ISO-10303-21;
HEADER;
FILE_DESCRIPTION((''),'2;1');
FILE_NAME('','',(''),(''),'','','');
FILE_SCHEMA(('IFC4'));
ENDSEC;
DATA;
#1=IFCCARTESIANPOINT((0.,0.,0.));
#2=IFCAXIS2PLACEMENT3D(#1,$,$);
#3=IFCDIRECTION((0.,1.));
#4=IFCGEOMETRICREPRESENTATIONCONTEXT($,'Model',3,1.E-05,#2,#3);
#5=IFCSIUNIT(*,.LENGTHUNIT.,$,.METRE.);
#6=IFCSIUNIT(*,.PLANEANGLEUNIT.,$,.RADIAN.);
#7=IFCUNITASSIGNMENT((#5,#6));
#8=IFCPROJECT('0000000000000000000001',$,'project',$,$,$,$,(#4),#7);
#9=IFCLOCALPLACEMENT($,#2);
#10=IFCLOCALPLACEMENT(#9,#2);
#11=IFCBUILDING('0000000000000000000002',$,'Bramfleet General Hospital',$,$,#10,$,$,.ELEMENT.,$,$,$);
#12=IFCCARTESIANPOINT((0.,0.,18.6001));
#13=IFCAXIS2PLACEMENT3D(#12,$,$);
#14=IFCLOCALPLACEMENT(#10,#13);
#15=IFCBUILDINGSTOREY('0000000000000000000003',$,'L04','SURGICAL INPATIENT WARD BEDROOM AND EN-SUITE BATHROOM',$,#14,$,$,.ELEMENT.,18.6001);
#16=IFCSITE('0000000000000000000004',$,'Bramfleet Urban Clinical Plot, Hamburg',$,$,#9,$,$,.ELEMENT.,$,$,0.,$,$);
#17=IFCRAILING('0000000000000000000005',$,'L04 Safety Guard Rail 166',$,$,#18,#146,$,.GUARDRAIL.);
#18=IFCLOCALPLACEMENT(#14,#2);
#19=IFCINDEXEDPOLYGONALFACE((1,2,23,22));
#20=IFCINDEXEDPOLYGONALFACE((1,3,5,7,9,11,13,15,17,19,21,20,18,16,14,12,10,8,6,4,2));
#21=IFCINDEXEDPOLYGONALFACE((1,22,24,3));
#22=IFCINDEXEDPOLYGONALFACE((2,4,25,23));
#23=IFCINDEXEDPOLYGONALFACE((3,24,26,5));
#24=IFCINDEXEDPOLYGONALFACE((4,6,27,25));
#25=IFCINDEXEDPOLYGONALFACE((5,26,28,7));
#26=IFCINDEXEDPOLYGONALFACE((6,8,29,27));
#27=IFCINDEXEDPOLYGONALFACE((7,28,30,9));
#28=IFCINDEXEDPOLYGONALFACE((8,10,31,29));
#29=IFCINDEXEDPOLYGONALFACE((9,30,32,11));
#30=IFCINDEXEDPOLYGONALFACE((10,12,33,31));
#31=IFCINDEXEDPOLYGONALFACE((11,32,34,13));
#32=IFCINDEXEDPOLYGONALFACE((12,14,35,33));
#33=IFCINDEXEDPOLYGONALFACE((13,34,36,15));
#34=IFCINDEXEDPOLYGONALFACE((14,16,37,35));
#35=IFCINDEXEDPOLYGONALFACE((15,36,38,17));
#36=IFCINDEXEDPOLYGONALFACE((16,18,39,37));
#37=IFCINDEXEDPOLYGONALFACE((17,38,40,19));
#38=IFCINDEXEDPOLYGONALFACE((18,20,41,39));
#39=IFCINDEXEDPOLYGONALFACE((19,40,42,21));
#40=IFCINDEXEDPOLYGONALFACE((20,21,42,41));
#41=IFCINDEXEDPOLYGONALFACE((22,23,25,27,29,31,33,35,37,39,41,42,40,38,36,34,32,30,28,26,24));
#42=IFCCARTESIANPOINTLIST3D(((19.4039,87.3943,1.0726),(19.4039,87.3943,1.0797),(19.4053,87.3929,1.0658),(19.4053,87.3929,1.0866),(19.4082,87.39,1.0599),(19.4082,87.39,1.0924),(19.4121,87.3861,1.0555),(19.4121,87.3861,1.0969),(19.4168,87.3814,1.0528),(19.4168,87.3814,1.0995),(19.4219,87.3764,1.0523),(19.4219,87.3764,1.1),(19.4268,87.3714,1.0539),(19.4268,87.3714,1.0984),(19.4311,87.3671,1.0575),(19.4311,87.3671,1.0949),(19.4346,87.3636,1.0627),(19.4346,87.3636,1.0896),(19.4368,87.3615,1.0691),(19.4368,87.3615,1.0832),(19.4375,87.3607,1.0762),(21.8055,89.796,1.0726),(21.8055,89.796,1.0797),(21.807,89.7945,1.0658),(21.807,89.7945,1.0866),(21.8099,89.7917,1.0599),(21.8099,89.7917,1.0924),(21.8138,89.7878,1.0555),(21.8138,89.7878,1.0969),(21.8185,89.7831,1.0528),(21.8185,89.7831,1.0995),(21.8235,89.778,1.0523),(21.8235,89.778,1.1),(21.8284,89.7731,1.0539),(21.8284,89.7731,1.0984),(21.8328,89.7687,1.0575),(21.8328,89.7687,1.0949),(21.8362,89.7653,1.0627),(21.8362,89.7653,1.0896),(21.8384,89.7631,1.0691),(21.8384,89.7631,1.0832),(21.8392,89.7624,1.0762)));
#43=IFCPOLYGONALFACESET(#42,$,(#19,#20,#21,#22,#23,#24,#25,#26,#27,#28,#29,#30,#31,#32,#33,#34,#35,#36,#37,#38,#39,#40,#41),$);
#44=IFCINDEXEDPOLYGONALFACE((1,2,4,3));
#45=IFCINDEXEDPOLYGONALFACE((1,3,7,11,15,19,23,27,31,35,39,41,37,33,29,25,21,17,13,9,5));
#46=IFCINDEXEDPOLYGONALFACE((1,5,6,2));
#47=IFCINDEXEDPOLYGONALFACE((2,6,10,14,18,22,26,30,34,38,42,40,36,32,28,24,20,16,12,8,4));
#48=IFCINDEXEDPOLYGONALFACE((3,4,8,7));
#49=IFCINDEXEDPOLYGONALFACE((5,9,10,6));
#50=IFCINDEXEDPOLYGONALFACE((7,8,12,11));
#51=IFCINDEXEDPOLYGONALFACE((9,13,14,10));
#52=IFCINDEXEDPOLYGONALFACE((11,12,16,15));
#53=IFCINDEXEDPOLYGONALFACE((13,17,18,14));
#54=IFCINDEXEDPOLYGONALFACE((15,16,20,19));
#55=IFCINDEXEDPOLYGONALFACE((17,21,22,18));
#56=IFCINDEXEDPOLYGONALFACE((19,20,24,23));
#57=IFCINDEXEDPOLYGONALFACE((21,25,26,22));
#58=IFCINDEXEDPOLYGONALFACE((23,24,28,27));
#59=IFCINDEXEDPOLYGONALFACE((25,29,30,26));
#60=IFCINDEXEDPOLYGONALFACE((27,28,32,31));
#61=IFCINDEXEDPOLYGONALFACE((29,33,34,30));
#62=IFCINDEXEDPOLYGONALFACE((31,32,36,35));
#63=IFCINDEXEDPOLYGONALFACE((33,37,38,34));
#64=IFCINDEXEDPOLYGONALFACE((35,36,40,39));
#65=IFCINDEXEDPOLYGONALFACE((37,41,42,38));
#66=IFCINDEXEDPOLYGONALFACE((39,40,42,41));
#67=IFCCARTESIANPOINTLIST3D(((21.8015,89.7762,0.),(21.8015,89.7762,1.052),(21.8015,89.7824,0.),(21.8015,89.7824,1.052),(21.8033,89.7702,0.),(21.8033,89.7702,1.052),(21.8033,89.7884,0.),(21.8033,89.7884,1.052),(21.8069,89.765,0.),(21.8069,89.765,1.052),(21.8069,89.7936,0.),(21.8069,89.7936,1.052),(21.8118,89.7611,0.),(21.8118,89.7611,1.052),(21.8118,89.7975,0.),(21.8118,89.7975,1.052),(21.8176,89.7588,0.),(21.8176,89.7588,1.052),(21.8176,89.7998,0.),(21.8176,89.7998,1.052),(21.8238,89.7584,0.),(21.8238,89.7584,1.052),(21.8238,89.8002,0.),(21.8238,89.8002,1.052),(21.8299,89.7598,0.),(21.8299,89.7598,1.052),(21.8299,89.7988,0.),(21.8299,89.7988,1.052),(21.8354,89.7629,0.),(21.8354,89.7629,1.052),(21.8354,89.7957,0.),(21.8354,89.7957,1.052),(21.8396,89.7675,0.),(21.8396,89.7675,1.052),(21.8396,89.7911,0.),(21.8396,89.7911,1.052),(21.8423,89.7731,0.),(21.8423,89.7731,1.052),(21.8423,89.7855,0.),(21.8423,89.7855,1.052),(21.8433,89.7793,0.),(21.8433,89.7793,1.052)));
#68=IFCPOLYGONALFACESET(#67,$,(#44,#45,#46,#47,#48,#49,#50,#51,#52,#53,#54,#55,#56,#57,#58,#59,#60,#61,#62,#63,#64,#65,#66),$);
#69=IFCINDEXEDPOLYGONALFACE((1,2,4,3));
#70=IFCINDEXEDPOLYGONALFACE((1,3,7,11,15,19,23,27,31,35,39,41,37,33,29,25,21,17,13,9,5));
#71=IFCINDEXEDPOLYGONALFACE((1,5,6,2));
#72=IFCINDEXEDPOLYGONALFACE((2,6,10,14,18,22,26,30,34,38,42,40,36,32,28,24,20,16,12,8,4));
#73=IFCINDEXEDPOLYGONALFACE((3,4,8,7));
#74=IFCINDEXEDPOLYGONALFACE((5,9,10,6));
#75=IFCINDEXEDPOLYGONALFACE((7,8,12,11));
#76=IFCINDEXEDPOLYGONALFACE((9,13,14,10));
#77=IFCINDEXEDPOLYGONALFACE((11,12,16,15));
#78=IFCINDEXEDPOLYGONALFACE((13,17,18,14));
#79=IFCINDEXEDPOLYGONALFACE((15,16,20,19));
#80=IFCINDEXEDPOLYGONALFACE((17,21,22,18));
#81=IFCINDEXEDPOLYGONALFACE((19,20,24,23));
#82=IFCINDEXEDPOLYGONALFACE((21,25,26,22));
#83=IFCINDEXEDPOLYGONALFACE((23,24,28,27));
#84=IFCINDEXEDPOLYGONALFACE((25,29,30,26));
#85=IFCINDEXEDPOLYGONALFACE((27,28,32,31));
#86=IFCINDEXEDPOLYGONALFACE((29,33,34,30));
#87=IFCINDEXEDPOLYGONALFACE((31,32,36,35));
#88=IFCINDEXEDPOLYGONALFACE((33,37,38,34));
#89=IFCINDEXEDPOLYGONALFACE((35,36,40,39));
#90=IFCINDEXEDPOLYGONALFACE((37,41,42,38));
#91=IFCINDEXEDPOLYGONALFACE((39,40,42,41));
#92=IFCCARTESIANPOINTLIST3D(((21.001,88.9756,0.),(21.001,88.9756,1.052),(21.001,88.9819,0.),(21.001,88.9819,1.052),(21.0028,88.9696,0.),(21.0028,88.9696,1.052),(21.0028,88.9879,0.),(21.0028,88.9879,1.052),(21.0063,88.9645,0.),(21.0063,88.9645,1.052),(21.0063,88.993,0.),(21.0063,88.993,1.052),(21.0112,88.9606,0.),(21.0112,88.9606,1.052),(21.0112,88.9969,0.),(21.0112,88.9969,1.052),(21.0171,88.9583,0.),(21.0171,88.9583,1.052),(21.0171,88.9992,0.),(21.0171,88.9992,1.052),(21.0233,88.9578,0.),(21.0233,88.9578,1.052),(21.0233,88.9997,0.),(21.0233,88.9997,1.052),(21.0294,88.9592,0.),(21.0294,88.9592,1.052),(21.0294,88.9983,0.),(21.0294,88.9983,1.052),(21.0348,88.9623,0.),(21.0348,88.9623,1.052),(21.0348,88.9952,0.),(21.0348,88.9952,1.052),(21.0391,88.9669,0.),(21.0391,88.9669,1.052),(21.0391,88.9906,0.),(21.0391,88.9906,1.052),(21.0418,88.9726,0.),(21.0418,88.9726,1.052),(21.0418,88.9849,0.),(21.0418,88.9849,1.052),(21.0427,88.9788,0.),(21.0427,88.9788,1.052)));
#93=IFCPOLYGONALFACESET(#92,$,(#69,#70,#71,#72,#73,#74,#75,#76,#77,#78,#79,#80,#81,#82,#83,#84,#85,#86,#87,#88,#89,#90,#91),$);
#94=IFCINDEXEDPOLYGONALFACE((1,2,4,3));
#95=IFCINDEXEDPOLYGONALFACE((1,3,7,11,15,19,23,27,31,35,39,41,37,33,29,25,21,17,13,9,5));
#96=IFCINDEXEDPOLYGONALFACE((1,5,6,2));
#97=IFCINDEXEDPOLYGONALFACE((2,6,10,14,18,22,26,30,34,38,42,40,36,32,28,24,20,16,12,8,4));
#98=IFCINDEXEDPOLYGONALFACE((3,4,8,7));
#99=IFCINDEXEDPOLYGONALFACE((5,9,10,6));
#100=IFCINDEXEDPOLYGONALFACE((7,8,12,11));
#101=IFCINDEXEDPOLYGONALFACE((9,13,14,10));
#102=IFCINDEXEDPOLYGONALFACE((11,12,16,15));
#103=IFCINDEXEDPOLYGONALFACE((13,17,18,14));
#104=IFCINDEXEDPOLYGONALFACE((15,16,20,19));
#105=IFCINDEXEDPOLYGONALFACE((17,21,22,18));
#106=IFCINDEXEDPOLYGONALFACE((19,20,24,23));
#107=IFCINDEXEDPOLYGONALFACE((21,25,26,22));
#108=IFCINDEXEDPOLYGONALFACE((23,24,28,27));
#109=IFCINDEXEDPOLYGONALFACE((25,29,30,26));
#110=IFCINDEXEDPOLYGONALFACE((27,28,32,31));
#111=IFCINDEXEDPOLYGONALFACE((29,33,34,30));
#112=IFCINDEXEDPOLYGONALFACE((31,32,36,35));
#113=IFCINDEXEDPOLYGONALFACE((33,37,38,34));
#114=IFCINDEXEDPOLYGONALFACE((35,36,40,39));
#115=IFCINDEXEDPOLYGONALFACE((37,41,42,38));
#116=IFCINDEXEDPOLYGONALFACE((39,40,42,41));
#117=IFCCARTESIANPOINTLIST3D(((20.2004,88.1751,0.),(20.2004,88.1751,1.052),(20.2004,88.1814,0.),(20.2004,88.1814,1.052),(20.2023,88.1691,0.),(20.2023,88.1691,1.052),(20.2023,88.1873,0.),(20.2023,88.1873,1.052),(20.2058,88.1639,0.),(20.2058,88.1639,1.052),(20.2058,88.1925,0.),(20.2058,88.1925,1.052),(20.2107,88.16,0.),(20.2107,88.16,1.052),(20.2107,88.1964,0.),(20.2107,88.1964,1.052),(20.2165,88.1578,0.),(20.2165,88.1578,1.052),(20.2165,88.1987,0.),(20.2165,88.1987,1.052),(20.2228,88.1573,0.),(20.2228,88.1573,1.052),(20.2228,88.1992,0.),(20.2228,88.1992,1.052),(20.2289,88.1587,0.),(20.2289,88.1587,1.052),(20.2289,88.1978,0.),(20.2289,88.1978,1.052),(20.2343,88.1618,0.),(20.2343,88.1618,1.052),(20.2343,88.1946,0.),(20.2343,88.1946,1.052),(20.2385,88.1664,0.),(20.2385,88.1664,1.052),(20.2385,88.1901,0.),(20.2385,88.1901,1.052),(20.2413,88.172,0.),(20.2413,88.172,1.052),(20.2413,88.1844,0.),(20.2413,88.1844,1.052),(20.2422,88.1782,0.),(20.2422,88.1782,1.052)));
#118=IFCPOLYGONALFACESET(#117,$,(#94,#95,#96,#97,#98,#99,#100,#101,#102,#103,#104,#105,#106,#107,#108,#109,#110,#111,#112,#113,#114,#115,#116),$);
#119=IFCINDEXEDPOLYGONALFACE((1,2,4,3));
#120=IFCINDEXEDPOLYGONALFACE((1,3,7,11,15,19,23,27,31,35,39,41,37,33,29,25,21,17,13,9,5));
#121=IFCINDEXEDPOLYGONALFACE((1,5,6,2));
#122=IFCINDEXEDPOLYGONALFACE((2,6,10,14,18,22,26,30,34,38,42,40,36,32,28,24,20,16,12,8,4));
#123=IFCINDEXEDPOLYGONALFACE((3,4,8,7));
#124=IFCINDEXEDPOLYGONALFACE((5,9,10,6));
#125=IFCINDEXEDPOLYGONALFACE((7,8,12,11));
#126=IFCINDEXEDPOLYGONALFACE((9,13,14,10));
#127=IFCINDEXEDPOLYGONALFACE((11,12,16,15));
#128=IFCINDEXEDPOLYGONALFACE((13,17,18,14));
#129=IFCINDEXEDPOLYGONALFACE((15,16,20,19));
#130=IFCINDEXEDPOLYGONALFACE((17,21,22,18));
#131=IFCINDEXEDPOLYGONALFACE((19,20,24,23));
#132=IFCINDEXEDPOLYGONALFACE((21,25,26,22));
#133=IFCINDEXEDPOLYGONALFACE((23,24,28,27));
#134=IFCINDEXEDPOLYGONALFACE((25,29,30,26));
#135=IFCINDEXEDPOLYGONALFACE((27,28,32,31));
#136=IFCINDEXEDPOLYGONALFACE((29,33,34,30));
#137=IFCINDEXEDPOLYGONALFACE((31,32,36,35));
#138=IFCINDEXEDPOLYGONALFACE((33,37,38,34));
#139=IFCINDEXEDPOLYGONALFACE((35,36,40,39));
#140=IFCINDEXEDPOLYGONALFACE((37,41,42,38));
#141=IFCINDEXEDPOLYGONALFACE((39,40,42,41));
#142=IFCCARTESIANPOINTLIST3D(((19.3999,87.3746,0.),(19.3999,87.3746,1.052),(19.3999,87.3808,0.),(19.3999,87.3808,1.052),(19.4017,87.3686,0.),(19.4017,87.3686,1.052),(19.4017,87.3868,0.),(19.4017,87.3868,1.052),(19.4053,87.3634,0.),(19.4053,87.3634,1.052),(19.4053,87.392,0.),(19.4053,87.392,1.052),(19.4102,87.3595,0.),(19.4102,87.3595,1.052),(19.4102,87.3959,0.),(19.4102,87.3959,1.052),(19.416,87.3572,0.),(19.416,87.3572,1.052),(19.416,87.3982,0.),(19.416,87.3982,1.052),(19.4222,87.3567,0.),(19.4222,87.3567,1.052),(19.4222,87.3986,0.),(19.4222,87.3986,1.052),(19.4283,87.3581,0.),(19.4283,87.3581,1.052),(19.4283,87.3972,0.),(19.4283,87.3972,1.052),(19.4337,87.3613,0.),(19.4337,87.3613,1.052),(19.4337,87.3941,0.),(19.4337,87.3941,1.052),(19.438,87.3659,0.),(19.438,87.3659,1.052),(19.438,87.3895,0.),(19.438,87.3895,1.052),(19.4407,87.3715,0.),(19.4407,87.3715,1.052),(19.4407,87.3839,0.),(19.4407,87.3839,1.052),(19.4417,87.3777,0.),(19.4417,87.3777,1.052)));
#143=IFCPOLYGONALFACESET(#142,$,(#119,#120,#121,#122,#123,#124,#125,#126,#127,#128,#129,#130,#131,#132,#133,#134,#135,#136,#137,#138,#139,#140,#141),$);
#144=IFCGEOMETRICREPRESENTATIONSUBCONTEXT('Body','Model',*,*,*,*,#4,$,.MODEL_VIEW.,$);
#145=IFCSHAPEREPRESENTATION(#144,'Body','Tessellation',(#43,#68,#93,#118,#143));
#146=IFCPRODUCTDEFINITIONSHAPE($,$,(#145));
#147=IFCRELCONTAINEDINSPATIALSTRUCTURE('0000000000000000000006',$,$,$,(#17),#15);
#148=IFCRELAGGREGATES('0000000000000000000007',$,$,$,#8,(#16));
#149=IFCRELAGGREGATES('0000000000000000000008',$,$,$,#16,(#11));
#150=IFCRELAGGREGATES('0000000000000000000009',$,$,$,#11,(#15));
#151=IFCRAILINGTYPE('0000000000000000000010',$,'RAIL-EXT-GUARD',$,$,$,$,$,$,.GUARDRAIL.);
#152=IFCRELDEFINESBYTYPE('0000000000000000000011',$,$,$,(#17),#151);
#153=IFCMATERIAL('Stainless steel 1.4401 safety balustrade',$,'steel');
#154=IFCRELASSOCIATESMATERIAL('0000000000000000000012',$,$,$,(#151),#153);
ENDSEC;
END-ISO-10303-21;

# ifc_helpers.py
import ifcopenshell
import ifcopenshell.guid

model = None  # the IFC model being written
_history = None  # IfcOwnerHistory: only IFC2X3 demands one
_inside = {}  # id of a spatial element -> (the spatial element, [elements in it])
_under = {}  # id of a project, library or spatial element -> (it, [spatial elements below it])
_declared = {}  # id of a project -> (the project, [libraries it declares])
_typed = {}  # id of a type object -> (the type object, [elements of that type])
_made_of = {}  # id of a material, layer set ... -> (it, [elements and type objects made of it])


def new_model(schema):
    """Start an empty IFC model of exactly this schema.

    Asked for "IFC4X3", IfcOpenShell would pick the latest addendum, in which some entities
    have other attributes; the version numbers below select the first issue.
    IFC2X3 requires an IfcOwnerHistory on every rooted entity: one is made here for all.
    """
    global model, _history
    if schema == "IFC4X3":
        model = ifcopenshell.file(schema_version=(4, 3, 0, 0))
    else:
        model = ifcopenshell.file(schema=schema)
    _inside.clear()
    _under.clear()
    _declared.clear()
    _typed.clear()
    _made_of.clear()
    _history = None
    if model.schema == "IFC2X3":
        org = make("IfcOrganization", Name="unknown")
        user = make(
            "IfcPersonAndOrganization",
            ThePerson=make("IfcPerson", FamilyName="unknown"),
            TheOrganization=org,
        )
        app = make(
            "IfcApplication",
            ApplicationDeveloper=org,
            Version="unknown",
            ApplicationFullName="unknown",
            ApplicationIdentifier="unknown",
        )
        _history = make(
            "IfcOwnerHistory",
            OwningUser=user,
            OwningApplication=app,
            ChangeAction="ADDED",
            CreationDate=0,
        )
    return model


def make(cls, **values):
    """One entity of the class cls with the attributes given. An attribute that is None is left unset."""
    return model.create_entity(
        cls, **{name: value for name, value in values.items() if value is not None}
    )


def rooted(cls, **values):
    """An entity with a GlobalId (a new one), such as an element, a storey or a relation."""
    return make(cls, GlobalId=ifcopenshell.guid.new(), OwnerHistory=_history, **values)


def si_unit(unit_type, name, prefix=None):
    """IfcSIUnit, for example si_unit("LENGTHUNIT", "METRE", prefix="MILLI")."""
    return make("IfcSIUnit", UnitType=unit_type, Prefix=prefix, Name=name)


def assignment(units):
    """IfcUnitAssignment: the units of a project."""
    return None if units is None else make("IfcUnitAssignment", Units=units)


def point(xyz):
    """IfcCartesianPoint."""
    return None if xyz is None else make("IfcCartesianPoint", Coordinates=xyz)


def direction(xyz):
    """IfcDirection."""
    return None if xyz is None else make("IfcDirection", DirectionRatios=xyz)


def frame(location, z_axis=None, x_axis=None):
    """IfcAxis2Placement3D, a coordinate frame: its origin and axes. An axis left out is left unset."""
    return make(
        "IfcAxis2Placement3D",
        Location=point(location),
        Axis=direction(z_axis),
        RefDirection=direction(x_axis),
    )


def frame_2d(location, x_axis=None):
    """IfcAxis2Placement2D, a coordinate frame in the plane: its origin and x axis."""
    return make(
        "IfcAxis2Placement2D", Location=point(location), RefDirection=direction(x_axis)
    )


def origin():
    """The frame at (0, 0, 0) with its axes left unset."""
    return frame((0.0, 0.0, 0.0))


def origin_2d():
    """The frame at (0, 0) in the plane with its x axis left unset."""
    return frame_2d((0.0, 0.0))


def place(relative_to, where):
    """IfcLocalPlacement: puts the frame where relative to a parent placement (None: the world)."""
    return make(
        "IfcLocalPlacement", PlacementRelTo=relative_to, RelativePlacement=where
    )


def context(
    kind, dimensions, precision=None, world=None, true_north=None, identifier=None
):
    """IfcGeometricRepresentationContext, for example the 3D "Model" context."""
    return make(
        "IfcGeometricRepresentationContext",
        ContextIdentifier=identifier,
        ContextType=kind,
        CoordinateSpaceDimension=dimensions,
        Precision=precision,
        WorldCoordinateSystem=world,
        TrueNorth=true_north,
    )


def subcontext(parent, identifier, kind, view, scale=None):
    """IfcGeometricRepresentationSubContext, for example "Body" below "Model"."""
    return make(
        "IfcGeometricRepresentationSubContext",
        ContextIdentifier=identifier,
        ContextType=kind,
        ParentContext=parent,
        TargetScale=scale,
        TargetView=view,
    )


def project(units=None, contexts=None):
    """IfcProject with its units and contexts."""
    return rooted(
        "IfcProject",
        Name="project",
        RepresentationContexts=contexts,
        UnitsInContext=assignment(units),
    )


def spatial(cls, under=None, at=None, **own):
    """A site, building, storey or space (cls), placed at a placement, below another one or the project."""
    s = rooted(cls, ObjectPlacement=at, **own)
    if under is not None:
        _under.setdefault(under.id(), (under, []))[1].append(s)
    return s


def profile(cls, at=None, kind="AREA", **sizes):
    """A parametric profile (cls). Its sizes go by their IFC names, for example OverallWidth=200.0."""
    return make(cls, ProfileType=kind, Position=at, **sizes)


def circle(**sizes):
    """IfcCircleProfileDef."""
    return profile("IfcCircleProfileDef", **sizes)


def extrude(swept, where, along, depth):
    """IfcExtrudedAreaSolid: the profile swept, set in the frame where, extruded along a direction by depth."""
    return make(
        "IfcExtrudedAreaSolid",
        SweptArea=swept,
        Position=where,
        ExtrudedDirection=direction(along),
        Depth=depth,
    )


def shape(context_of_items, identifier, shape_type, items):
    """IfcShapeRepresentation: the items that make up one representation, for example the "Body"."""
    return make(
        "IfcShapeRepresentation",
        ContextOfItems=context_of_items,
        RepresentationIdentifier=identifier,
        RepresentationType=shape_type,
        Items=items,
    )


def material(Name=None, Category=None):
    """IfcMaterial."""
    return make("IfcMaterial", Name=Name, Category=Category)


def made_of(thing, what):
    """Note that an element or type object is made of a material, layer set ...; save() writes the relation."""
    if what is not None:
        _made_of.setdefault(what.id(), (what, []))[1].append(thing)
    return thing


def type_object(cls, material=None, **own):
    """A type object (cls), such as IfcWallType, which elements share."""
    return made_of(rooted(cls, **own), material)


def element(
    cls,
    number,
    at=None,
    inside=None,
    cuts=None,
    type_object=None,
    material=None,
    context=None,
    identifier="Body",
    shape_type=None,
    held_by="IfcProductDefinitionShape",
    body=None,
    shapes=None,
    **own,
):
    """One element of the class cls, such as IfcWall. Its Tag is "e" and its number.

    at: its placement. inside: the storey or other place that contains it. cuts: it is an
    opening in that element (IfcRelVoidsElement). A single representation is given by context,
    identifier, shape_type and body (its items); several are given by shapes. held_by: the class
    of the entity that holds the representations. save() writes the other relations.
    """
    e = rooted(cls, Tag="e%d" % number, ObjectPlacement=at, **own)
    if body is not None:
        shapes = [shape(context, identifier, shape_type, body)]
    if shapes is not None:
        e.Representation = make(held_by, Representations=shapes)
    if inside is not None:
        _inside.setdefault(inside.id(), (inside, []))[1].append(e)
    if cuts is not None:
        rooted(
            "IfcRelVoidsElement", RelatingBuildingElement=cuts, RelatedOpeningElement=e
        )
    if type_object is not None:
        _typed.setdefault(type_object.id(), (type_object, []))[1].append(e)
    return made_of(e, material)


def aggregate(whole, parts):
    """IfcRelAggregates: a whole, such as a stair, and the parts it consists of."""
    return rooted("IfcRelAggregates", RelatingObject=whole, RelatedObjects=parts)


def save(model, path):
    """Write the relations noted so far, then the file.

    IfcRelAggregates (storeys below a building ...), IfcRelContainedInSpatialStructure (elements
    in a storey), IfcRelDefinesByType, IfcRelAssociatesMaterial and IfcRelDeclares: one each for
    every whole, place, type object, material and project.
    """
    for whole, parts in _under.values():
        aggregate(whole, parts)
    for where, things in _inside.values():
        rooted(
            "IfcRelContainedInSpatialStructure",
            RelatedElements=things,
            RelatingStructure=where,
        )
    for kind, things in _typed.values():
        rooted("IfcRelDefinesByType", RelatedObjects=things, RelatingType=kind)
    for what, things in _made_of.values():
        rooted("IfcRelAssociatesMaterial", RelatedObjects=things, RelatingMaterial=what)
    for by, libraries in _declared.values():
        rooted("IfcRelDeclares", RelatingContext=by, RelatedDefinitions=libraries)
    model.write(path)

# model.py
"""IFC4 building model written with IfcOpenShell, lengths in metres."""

from ifc_helpers import new_model, si_unit, direction, frame, origin, origin_2d, place, context, subcontext, project, spatial, circle, extrude, material, type_object, element, save


model = new_model("IFC4")

# Units and contexts
model_context = context("Model", 3, precision=1e-05, world=origin(), true_north=direction((0.0, 1.0)))
body_context = subcontext(model_context, "Body", "Model", "MODEL_VIEW")
ifc_project = project(units=[si_unit("LENGTHUNIT", "METRE"), si_unit("PLANEANGLEUNIT", "RADIAN")], contexts=[model_context])

# Site, building, storey
site_placement = place(None, origin())
site = spatial("IfcSite", under=ifc_project, at=site_placement, Name="Bramfleet Urban Clinical Plot, Hamburg", CompositionType="ELEMENT", RefElevation=0.0)
building_placement = place(site_placement, origin())
building = spatial("IfcBuilding", under=site, at=building_placement, Name="Bramfleet General Hospital", CompositionType="ELEMENT")
storey_placement = place(building_placement, frame((0.0, 0.0, 18.6001)))
storey = spatial("IfcBuildingStorey", under=building, at=storey_placement, Name="L04", Description="SURGICAL INPATIENT WARD BEDROOM AND EN-SUITE BATHROOM", CompositionType="ELEMENT", Elevation=18.6001)

# Railing
ifc_material_1 = material(Name="Stainless steel 1.4401 safety balustrade", Category="steel")
railing_type = type_object("IfcRailingType", Name="RAIL-EXT-GUARD", PredefinedType="GUARDRAIL", material=ifc_material_1)
railing_1_placement = place(storey_placement, frame((21.8223, 89.7793, 0.0)))
element("IfcRailing", 1, at=railing_1_placement, inside=storey, type_object=railing_type, Name="L04 Safety Guard Rail 166", PredefinedType="GUARDRAIL", context=body_context, shape_type="SweptSolid", body=[
    extrude(circle(Radius=0.0239, at=origin_2d()), frame((0.0, 0.0, 1.0762), z_axis=(-0.707107, -0.707107, 0.0), x_axis=(0.707107, -0.707107, 0.0)), (0.0, 0.0, 1.0), 3.3965),
    extrude(circle(Radius=0.021, at=origin_2d()), origin(), (0.0, 0.0, 1.0), 1.052),
    extrude(circle(Radius=0.021, at=origin_2d()), frame((-0.8005, -0.8005, 0.0)), (0.0, 0.0, 1.0), 1.052),
    extrude(circle(Radius=0.021, at=origin_2d()), frame((-1.6011, -1.6011, 0.0)), (0.0, 0.0, 1.0), 1.052),
    extrude(circle(Radius=0.021, at=origin_2d()), frame((-2.4016, -2.4016, 0.0)), (0.0, 0.0, 1.0), 1.052),
])

save(model, "model.ifc")
